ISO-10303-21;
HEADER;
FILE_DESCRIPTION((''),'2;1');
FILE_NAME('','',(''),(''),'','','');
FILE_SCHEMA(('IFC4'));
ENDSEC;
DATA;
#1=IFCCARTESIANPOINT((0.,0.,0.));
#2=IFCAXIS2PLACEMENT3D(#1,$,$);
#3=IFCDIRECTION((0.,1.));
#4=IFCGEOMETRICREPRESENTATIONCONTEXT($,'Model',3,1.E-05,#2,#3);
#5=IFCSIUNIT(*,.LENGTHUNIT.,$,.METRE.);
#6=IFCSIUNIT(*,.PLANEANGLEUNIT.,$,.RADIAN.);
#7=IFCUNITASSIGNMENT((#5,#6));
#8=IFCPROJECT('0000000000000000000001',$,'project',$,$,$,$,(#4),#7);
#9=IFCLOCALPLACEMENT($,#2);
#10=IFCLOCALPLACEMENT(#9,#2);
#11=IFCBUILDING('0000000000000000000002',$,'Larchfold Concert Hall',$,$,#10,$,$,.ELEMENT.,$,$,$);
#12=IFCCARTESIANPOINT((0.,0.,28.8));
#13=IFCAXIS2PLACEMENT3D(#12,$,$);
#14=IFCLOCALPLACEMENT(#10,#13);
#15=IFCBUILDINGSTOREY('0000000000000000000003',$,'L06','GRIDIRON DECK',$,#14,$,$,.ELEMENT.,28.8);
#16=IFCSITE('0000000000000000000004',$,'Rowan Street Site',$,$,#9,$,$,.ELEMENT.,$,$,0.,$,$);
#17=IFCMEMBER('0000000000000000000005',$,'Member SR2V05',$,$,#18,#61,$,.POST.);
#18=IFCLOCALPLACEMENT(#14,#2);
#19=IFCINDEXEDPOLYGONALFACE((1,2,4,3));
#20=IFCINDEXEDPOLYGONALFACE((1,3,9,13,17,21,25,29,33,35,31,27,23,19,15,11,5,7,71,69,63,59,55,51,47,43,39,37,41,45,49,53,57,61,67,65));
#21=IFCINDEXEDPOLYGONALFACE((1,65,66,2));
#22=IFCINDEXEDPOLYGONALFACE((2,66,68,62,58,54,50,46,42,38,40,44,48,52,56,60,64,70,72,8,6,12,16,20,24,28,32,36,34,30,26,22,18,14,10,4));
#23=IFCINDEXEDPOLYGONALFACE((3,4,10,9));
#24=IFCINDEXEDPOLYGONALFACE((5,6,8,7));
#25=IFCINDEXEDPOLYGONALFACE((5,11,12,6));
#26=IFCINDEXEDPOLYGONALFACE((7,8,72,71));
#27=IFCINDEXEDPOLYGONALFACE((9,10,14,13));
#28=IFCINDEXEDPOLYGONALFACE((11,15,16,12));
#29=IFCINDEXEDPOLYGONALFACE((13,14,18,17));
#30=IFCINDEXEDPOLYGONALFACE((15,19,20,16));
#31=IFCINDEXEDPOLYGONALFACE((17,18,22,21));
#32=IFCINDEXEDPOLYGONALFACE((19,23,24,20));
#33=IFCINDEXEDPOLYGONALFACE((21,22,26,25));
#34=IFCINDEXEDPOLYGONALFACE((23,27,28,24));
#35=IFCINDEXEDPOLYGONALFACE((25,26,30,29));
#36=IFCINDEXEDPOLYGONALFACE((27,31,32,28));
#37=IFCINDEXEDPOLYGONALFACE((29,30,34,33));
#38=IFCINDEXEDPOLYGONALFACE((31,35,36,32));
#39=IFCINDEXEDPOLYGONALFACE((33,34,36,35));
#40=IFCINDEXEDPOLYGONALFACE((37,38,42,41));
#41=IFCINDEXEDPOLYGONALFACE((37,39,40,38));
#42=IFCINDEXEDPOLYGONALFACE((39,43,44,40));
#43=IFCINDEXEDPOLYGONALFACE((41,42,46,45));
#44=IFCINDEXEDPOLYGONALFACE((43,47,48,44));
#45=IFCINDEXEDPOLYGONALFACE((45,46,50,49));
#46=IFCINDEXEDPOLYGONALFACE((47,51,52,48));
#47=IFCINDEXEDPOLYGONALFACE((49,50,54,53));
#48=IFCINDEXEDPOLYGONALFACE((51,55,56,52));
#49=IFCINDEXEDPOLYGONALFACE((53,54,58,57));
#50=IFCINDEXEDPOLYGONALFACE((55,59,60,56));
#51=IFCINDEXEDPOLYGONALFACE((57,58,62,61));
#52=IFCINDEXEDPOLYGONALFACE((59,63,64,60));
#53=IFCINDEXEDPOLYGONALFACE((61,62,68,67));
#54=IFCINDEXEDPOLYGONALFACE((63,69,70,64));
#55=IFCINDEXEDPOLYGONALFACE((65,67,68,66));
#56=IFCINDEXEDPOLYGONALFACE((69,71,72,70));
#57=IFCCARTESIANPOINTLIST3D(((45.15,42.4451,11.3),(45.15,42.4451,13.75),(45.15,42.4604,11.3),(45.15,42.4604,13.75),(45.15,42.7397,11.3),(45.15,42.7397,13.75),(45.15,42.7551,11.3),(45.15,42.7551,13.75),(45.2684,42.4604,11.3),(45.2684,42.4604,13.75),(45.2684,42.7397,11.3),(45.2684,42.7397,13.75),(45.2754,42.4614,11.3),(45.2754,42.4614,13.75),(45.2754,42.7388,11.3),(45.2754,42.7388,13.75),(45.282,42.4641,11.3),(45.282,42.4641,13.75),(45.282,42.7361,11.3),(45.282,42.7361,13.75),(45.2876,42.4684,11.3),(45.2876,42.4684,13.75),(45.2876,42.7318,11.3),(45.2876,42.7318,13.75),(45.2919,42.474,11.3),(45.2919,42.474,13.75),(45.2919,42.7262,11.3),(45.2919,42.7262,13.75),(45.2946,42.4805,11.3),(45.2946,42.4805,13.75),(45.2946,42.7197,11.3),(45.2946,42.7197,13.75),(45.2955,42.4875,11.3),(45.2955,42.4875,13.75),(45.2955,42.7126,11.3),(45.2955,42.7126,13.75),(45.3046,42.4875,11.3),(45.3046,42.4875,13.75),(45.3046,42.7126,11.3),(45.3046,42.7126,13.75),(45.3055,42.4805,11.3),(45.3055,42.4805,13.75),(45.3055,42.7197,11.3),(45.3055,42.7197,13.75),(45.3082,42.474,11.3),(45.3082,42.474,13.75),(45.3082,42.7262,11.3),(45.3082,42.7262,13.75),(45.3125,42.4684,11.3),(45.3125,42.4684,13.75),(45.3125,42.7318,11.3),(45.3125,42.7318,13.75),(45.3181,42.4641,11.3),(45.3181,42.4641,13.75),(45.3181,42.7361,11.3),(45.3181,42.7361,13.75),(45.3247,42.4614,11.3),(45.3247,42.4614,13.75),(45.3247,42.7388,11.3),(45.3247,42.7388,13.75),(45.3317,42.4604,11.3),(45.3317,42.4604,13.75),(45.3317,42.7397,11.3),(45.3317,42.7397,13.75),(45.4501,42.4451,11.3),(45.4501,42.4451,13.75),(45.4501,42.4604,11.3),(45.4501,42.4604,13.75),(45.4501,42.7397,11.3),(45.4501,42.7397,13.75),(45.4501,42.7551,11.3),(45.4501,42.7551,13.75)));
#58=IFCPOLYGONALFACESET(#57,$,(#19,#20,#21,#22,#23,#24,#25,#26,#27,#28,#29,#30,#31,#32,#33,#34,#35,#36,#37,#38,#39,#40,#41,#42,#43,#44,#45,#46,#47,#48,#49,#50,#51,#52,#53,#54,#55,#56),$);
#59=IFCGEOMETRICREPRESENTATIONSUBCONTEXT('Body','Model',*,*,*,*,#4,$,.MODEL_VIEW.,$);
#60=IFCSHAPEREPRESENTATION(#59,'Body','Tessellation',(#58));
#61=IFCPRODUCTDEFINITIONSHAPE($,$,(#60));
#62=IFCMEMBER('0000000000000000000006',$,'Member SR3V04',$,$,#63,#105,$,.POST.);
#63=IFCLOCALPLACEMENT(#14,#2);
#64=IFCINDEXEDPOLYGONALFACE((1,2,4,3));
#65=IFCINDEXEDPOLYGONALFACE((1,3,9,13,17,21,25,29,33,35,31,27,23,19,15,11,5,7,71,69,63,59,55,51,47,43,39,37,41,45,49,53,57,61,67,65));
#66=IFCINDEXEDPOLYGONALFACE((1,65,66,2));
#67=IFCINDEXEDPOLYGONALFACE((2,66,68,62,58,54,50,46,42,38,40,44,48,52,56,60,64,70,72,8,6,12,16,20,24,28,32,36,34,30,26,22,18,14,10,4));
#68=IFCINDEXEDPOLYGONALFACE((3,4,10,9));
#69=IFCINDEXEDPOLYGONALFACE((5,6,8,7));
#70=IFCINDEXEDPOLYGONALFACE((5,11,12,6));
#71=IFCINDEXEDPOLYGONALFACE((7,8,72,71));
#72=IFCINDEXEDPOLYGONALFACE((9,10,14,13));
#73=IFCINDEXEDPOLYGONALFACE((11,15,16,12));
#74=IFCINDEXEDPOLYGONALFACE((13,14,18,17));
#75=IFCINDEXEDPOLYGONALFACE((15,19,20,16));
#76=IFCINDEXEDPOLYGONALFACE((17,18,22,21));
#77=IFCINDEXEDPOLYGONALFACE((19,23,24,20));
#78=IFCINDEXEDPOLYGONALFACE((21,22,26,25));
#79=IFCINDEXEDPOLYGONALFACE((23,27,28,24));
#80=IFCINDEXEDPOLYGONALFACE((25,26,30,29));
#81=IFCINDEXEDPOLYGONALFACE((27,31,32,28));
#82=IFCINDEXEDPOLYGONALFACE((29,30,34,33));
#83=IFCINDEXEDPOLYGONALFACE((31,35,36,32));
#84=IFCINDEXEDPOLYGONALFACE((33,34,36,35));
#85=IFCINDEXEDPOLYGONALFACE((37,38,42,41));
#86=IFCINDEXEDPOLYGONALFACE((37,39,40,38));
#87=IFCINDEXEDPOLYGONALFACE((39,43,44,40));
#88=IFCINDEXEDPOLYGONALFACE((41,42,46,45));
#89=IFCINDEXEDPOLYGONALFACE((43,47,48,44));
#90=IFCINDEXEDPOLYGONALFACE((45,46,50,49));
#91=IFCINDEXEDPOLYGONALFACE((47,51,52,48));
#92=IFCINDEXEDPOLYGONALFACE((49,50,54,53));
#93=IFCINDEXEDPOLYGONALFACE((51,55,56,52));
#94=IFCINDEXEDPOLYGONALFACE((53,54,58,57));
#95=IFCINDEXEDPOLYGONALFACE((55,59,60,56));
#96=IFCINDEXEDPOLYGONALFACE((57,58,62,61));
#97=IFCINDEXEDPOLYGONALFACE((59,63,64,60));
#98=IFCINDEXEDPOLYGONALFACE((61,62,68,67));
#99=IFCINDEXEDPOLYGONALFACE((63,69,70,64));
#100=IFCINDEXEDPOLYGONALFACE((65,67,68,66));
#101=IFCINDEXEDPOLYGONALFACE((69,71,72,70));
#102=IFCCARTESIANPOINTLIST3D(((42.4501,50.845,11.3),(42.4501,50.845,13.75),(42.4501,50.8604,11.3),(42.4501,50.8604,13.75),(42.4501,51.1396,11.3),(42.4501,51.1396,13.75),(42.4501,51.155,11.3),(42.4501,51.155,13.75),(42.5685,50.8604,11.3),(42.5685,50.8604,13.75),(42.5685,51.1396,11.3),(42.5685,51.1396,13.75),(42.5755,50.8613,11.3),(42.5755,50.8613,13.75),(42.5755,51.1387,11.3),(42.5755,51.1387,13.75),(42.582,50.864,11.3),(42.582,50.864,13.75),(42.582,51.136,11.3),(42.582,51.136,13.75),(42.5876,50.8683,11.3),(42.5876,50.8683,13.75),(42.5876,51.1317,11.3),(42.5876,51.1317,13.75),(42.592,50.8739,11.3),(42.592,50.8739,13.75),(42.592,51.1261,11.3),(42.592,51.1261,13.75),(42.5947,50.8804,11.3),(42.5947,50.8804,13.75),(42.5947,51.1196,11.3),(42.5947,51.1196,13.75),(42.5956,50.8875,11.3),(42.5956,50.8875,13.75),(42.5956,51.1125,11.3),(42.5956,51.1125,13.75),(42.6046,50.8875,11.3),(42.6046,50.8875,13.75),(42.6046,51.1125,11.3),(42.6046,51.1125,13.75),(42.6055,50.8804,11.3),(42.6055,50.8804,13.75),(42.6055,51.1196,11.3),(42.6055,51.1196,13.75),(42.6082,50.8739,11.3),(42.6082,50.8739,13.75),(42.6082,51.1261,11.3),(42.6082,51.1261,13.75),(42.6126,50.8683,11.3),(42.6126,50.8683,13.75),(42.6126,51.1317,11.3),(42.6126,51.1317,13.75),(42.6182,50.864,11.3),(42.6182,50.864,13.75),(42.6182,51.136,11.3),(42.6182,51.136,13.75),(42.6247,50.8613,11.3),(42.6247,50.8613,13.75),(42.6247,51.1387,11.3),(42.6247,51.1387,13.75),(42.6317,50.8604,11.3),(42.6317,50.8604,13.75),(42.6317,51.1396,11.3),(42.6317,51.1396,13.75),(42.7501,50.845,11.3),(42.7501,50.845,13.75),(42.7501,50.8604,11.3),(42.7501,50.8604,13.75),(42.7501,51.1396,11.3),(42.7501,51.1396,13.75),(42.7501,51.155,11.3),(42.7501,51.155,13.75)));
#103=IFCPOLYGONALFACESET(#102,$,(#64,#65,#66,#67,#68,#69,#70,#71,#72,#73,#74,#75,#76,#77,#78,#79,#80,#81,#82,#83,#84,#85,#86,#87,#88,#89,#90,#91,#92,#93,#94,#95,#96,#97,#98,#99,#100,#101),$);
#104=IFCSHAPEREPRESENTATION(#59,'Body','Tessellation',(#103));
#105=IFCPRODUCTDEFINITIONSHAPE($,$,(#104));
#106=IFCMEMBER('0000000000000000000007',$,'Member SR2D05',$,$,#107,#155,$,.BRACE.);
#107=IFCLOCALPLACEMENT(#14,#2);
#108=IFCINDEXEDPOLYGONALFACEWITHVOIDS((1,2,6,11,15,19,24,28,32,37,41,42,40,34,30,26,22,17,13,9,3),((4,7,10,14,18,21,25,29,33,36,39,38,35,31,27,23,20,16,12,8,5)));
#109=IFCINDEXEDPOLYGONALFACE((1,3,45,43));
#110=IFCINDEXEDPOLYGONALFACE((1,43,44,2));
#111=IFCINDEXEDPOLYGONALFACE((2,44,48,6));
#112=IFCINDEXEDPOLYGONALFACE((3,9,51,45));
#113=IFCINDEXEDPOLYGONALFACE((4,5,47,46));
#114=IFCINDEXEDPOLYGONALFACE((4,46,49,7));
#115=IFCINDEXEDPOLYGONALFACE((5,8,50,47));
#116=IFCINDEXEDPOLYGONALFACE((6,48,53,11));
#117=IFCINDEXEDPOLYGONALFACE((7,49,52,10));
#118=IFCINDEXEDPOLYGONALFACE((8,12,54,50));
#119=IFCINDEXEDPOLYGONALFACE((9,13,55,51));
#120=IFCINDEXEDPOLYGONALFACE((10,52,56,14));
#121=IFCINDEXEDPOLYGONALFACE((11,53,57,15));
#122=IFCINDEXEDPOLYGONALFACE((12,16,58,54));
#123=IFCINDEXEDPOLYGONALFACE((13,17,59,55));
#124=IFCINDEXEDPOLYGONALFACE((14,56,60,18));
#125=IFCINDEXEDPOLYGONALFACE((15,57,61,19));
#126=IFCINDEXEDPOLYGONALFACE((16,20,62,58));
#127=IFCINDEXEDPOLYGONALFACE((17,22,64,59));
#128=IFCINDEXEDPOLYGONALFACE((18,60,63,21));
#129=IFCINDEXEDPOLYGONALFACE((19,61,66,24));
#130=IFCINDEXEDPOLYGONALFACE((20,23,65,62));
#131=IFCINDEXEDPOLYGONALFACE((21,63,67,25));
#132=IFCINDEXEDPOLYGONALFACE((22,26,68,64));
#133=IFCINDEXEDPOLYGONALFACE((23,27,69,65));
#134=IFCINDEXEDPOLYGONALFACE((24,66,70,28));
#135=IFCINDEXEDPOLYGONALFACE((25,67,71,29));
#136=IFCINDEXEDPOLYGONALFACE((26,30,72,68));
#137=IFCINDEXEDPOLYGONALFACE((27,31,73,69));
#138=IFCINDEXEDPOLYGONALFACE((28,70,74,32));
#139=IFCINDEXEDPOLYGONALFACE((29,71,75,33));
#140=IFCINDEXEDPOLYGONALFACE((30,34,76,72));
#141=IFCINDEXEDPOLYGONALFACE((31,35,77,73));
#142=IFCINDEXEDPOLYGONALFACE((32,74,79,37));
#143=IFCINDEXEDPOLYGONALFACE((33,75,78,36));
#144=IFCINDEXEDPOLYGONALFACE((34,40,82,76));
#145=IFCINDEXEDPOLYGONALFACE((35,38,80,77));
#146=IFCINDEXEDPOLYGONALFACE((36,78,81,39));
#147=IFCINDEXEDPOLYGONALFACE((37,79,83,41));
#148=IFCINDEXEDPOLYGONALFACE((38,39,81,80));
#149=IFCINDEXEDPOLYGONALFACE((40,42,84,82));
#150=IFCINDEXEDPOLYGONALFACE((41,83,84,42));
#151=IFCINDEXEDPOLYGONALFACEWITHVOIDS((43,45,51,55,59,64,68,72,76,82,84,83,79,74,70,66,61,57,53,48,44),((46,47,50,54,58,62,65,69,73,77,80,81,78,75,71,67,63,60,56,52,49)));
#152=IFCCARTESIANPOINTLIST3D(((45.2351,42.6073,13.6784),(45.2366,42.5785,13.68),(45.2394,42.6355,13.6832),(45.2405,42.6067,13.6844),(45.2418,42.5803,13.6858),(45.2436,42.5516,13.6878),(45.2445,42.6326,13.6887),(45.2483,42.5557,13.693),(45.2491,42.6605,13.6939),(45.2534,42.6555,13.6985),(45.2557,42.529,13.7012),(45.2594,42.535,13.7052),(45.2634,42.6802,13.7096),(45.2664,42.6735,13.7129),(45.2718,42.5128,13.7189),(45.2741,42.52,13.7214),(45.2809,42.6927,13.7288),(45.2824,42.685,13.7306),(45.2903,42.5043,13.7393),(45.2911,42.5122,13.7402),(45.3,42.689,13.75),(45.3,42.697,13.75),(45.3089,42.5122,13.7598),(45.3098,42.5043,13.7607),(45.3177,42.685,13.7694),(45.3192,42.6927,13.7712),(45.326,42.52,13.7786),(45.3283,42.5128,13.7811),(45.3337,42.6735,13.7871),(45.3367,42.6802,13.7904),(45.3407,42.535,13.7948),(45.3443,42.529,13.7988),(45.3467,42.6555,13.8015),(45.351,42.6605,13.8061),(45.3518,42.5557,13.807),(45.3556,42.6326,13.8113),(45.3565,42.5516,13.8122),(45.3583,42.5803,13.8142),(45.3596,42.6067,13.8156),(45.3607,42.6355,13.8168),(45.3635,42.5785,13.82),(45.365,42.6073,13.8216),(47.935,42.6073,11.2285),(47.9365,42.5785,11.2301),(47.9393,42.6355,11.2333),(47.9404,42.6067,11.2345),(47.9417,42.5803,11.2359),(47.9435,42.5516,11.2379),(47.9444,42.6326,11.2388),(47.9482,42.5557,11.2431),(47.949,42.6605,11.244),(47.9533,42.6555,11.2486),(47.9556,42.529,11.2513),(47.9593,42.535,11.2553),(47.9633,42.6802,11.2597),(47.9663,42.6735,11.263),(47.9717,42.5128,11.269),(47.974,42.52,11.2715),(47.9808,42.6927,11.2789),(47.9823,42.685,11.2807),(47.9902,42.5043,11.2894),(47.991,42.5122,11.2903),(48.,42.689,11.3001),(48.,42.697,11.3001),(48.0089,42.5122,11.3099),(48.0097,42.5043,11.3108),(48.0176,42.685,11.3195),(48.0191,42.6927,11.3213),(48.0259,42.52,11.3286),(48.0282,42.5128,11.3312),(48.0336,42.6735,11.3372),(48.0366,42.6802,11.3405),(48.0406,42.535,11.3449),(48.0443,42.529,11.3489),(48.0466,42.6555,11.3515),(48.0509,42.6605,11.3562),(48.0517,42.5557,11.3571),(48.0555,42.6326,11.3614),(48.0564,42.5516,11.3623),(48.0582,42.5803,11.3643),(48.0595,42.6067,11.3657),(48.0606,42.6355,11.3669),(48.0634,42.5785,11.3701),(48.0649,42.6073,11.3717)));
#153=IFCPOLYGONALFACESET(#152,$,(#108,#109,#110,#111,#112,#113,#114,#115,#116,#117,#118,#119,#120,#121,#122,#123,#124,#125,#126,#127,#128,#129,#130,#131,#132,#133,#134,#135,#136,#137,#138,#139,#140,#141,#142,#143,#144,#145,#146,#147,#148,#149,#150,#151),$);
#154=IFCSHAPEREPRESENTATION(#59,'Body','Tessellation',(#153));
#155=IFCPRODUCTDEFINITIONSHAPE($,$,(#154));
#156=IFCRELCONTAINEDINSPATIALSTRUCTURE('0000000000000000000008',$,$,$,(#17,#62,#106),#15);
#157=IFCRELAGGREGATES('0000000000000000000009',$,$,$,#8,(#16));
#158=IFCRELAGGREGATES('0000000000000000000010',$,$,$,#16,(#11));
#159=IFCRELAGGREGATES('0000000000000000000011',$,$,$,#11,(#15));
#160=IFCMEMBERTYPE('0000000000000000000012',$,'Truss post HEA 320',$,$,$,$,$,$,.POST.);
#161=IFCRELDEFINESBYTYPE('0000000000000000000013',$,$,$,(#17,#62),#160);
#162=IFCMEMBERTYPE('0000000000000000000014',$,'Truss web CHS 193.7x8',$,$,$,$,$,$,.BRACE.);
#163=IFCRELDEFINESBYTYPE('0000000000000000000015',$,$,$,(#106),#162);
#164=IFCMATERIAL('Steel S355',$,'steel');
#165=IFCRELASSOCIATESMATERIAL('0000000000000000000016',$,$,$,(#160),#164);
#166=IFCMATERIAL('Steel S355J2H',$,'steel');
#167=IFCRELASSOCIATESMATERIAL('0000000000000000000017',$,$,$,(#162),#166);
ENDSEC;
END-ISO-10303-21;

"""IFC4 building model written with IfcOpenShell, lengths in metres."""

from ifc_helpers import new_model, si_unit, direction, frame, origin, origin_2d, place, context, subcontext, project, spatial, hollow_circle, i_section, extrude, material, material_profile, profile_set, type_object, element, save


model = new_model("IFC4")

# Units and contexts
model_context = context("Model", 3, precision=1e-05, world=origin(), true_north=direction((0.0, 1.0)))
body_context = subcontext(model_context, "Body", "Model", "MODEL_VIEW")
ifc_project = project(units=[si_unit("LENGTHUNIT", "METRE"), si_unit("PLANEANGLEUNIT", "RADIAN")], contexts=[model_context])

# Site, building, storey
site_placement = place(None, origin())
site = spatial("IfcSite", under=ifc_project, at=site_placement, Name="Rowan Street Site", CompositionType="ELEMENT", RefElevation=0.0)
building_placement = place(site_placement, origin())
building = spatial("IfcBuilding", under=site, at=building_placement, Name="Larchfold Concert Hall", CompositionType="ELEMENT")
storey_placement = place(building_placement, frame((0.0, 0.0, 28.8)))
storey = spatial("IfcBuildingStorey", under=building, at=storey_placement, Name="L06", Description="GRIDIRON DECK", CompositionType="ELEMENT", Elevation=28.8)

# Members
ifc_material_1 = material(Name="Steel S355", Category="steel")
ifc_material_profile_1 = material_profile(ifc_material_1, i_section(OverallWidth=0.3, OverallDepth=0.3101, WebThickness=0.009, FlangeThickness=0.0154, FilletRadius=0.0271, at=origin_2d()))
ifc_profile_set_1 = profile_set([ifc_material_profile_1], Name="Steel S355")
member_type_1 = type_object("IfcMemberType", Name="Truss post HEA 320", PredefinedType="POST", material=ifc_profile_set_1)
for number, where, z_axis, x_axis, name in (
    (1, (45.3, 42.6001, 11.3), (0.0, 0.0, 1.0), (1.0, 0.0, 0.0), "Member SR2V05"),
    (2, (42.6001, 51.0, 11.3), (0.0, 0.0, 1.0), (1.0, 0.0, 0.0), "Member SR3V04"),
):
    element("IfcMember", number, at=place(storey_placement, frame(where, z_axis=z_axis, x_axis=x_axis)), inside=storey, type_object=member_type_1, Name=name, PredefinedType="POST", context=body_context, shape_type="SweptSolid", body=[
        extrude(i_section(OverallWidth=0.3, OverallDepth=0.3101, WebThickness=0.009, FlangeThickness=0.0154, FilletRadius=0.0271, at=origin_2d()), origin(), (0.0, 0.0, 1.0), 2.45),
    ])
ifc_material_2 = material(Name="Steel S355J2H", Category="steel")
ifc_material_profile_2 = material_profile(ifc_material_2, hollow_circle(Radius=0.0969, WallThickness=0.0081, at=origin_2d()))
ifc_profile_set_2 = profile_set([ifc_material_profile_2], Name="Steel S355J2H")
member_type_2 = type_object("IfcMemberType", Name="Truss web CHS 193.7x8", PredefinedType="BRACE", material=ifc_profile_set_2)
member_1_placement = place(storey_placement, frame((45.3, 42.6001, 13.75), z_axis=(0.740561, 0.0, -0.671989), x_axis=(0.0, 1.0, 0.0)))
element("IfcMember", 3, at=member_1_placement, inside=storey, type_object=member_type_2, Name="Member SR2D05", PredefinedType="BRACE", context=body_context, shape_type="SweptSolid", body=[
    extrude(hollow_circle(Radius=0.0969, WallThickness=0.0081, at=origin_2d()), origin(), (0.0, 0.0, 1.0), 3.6458),
])

save(model, "model.ifc")
